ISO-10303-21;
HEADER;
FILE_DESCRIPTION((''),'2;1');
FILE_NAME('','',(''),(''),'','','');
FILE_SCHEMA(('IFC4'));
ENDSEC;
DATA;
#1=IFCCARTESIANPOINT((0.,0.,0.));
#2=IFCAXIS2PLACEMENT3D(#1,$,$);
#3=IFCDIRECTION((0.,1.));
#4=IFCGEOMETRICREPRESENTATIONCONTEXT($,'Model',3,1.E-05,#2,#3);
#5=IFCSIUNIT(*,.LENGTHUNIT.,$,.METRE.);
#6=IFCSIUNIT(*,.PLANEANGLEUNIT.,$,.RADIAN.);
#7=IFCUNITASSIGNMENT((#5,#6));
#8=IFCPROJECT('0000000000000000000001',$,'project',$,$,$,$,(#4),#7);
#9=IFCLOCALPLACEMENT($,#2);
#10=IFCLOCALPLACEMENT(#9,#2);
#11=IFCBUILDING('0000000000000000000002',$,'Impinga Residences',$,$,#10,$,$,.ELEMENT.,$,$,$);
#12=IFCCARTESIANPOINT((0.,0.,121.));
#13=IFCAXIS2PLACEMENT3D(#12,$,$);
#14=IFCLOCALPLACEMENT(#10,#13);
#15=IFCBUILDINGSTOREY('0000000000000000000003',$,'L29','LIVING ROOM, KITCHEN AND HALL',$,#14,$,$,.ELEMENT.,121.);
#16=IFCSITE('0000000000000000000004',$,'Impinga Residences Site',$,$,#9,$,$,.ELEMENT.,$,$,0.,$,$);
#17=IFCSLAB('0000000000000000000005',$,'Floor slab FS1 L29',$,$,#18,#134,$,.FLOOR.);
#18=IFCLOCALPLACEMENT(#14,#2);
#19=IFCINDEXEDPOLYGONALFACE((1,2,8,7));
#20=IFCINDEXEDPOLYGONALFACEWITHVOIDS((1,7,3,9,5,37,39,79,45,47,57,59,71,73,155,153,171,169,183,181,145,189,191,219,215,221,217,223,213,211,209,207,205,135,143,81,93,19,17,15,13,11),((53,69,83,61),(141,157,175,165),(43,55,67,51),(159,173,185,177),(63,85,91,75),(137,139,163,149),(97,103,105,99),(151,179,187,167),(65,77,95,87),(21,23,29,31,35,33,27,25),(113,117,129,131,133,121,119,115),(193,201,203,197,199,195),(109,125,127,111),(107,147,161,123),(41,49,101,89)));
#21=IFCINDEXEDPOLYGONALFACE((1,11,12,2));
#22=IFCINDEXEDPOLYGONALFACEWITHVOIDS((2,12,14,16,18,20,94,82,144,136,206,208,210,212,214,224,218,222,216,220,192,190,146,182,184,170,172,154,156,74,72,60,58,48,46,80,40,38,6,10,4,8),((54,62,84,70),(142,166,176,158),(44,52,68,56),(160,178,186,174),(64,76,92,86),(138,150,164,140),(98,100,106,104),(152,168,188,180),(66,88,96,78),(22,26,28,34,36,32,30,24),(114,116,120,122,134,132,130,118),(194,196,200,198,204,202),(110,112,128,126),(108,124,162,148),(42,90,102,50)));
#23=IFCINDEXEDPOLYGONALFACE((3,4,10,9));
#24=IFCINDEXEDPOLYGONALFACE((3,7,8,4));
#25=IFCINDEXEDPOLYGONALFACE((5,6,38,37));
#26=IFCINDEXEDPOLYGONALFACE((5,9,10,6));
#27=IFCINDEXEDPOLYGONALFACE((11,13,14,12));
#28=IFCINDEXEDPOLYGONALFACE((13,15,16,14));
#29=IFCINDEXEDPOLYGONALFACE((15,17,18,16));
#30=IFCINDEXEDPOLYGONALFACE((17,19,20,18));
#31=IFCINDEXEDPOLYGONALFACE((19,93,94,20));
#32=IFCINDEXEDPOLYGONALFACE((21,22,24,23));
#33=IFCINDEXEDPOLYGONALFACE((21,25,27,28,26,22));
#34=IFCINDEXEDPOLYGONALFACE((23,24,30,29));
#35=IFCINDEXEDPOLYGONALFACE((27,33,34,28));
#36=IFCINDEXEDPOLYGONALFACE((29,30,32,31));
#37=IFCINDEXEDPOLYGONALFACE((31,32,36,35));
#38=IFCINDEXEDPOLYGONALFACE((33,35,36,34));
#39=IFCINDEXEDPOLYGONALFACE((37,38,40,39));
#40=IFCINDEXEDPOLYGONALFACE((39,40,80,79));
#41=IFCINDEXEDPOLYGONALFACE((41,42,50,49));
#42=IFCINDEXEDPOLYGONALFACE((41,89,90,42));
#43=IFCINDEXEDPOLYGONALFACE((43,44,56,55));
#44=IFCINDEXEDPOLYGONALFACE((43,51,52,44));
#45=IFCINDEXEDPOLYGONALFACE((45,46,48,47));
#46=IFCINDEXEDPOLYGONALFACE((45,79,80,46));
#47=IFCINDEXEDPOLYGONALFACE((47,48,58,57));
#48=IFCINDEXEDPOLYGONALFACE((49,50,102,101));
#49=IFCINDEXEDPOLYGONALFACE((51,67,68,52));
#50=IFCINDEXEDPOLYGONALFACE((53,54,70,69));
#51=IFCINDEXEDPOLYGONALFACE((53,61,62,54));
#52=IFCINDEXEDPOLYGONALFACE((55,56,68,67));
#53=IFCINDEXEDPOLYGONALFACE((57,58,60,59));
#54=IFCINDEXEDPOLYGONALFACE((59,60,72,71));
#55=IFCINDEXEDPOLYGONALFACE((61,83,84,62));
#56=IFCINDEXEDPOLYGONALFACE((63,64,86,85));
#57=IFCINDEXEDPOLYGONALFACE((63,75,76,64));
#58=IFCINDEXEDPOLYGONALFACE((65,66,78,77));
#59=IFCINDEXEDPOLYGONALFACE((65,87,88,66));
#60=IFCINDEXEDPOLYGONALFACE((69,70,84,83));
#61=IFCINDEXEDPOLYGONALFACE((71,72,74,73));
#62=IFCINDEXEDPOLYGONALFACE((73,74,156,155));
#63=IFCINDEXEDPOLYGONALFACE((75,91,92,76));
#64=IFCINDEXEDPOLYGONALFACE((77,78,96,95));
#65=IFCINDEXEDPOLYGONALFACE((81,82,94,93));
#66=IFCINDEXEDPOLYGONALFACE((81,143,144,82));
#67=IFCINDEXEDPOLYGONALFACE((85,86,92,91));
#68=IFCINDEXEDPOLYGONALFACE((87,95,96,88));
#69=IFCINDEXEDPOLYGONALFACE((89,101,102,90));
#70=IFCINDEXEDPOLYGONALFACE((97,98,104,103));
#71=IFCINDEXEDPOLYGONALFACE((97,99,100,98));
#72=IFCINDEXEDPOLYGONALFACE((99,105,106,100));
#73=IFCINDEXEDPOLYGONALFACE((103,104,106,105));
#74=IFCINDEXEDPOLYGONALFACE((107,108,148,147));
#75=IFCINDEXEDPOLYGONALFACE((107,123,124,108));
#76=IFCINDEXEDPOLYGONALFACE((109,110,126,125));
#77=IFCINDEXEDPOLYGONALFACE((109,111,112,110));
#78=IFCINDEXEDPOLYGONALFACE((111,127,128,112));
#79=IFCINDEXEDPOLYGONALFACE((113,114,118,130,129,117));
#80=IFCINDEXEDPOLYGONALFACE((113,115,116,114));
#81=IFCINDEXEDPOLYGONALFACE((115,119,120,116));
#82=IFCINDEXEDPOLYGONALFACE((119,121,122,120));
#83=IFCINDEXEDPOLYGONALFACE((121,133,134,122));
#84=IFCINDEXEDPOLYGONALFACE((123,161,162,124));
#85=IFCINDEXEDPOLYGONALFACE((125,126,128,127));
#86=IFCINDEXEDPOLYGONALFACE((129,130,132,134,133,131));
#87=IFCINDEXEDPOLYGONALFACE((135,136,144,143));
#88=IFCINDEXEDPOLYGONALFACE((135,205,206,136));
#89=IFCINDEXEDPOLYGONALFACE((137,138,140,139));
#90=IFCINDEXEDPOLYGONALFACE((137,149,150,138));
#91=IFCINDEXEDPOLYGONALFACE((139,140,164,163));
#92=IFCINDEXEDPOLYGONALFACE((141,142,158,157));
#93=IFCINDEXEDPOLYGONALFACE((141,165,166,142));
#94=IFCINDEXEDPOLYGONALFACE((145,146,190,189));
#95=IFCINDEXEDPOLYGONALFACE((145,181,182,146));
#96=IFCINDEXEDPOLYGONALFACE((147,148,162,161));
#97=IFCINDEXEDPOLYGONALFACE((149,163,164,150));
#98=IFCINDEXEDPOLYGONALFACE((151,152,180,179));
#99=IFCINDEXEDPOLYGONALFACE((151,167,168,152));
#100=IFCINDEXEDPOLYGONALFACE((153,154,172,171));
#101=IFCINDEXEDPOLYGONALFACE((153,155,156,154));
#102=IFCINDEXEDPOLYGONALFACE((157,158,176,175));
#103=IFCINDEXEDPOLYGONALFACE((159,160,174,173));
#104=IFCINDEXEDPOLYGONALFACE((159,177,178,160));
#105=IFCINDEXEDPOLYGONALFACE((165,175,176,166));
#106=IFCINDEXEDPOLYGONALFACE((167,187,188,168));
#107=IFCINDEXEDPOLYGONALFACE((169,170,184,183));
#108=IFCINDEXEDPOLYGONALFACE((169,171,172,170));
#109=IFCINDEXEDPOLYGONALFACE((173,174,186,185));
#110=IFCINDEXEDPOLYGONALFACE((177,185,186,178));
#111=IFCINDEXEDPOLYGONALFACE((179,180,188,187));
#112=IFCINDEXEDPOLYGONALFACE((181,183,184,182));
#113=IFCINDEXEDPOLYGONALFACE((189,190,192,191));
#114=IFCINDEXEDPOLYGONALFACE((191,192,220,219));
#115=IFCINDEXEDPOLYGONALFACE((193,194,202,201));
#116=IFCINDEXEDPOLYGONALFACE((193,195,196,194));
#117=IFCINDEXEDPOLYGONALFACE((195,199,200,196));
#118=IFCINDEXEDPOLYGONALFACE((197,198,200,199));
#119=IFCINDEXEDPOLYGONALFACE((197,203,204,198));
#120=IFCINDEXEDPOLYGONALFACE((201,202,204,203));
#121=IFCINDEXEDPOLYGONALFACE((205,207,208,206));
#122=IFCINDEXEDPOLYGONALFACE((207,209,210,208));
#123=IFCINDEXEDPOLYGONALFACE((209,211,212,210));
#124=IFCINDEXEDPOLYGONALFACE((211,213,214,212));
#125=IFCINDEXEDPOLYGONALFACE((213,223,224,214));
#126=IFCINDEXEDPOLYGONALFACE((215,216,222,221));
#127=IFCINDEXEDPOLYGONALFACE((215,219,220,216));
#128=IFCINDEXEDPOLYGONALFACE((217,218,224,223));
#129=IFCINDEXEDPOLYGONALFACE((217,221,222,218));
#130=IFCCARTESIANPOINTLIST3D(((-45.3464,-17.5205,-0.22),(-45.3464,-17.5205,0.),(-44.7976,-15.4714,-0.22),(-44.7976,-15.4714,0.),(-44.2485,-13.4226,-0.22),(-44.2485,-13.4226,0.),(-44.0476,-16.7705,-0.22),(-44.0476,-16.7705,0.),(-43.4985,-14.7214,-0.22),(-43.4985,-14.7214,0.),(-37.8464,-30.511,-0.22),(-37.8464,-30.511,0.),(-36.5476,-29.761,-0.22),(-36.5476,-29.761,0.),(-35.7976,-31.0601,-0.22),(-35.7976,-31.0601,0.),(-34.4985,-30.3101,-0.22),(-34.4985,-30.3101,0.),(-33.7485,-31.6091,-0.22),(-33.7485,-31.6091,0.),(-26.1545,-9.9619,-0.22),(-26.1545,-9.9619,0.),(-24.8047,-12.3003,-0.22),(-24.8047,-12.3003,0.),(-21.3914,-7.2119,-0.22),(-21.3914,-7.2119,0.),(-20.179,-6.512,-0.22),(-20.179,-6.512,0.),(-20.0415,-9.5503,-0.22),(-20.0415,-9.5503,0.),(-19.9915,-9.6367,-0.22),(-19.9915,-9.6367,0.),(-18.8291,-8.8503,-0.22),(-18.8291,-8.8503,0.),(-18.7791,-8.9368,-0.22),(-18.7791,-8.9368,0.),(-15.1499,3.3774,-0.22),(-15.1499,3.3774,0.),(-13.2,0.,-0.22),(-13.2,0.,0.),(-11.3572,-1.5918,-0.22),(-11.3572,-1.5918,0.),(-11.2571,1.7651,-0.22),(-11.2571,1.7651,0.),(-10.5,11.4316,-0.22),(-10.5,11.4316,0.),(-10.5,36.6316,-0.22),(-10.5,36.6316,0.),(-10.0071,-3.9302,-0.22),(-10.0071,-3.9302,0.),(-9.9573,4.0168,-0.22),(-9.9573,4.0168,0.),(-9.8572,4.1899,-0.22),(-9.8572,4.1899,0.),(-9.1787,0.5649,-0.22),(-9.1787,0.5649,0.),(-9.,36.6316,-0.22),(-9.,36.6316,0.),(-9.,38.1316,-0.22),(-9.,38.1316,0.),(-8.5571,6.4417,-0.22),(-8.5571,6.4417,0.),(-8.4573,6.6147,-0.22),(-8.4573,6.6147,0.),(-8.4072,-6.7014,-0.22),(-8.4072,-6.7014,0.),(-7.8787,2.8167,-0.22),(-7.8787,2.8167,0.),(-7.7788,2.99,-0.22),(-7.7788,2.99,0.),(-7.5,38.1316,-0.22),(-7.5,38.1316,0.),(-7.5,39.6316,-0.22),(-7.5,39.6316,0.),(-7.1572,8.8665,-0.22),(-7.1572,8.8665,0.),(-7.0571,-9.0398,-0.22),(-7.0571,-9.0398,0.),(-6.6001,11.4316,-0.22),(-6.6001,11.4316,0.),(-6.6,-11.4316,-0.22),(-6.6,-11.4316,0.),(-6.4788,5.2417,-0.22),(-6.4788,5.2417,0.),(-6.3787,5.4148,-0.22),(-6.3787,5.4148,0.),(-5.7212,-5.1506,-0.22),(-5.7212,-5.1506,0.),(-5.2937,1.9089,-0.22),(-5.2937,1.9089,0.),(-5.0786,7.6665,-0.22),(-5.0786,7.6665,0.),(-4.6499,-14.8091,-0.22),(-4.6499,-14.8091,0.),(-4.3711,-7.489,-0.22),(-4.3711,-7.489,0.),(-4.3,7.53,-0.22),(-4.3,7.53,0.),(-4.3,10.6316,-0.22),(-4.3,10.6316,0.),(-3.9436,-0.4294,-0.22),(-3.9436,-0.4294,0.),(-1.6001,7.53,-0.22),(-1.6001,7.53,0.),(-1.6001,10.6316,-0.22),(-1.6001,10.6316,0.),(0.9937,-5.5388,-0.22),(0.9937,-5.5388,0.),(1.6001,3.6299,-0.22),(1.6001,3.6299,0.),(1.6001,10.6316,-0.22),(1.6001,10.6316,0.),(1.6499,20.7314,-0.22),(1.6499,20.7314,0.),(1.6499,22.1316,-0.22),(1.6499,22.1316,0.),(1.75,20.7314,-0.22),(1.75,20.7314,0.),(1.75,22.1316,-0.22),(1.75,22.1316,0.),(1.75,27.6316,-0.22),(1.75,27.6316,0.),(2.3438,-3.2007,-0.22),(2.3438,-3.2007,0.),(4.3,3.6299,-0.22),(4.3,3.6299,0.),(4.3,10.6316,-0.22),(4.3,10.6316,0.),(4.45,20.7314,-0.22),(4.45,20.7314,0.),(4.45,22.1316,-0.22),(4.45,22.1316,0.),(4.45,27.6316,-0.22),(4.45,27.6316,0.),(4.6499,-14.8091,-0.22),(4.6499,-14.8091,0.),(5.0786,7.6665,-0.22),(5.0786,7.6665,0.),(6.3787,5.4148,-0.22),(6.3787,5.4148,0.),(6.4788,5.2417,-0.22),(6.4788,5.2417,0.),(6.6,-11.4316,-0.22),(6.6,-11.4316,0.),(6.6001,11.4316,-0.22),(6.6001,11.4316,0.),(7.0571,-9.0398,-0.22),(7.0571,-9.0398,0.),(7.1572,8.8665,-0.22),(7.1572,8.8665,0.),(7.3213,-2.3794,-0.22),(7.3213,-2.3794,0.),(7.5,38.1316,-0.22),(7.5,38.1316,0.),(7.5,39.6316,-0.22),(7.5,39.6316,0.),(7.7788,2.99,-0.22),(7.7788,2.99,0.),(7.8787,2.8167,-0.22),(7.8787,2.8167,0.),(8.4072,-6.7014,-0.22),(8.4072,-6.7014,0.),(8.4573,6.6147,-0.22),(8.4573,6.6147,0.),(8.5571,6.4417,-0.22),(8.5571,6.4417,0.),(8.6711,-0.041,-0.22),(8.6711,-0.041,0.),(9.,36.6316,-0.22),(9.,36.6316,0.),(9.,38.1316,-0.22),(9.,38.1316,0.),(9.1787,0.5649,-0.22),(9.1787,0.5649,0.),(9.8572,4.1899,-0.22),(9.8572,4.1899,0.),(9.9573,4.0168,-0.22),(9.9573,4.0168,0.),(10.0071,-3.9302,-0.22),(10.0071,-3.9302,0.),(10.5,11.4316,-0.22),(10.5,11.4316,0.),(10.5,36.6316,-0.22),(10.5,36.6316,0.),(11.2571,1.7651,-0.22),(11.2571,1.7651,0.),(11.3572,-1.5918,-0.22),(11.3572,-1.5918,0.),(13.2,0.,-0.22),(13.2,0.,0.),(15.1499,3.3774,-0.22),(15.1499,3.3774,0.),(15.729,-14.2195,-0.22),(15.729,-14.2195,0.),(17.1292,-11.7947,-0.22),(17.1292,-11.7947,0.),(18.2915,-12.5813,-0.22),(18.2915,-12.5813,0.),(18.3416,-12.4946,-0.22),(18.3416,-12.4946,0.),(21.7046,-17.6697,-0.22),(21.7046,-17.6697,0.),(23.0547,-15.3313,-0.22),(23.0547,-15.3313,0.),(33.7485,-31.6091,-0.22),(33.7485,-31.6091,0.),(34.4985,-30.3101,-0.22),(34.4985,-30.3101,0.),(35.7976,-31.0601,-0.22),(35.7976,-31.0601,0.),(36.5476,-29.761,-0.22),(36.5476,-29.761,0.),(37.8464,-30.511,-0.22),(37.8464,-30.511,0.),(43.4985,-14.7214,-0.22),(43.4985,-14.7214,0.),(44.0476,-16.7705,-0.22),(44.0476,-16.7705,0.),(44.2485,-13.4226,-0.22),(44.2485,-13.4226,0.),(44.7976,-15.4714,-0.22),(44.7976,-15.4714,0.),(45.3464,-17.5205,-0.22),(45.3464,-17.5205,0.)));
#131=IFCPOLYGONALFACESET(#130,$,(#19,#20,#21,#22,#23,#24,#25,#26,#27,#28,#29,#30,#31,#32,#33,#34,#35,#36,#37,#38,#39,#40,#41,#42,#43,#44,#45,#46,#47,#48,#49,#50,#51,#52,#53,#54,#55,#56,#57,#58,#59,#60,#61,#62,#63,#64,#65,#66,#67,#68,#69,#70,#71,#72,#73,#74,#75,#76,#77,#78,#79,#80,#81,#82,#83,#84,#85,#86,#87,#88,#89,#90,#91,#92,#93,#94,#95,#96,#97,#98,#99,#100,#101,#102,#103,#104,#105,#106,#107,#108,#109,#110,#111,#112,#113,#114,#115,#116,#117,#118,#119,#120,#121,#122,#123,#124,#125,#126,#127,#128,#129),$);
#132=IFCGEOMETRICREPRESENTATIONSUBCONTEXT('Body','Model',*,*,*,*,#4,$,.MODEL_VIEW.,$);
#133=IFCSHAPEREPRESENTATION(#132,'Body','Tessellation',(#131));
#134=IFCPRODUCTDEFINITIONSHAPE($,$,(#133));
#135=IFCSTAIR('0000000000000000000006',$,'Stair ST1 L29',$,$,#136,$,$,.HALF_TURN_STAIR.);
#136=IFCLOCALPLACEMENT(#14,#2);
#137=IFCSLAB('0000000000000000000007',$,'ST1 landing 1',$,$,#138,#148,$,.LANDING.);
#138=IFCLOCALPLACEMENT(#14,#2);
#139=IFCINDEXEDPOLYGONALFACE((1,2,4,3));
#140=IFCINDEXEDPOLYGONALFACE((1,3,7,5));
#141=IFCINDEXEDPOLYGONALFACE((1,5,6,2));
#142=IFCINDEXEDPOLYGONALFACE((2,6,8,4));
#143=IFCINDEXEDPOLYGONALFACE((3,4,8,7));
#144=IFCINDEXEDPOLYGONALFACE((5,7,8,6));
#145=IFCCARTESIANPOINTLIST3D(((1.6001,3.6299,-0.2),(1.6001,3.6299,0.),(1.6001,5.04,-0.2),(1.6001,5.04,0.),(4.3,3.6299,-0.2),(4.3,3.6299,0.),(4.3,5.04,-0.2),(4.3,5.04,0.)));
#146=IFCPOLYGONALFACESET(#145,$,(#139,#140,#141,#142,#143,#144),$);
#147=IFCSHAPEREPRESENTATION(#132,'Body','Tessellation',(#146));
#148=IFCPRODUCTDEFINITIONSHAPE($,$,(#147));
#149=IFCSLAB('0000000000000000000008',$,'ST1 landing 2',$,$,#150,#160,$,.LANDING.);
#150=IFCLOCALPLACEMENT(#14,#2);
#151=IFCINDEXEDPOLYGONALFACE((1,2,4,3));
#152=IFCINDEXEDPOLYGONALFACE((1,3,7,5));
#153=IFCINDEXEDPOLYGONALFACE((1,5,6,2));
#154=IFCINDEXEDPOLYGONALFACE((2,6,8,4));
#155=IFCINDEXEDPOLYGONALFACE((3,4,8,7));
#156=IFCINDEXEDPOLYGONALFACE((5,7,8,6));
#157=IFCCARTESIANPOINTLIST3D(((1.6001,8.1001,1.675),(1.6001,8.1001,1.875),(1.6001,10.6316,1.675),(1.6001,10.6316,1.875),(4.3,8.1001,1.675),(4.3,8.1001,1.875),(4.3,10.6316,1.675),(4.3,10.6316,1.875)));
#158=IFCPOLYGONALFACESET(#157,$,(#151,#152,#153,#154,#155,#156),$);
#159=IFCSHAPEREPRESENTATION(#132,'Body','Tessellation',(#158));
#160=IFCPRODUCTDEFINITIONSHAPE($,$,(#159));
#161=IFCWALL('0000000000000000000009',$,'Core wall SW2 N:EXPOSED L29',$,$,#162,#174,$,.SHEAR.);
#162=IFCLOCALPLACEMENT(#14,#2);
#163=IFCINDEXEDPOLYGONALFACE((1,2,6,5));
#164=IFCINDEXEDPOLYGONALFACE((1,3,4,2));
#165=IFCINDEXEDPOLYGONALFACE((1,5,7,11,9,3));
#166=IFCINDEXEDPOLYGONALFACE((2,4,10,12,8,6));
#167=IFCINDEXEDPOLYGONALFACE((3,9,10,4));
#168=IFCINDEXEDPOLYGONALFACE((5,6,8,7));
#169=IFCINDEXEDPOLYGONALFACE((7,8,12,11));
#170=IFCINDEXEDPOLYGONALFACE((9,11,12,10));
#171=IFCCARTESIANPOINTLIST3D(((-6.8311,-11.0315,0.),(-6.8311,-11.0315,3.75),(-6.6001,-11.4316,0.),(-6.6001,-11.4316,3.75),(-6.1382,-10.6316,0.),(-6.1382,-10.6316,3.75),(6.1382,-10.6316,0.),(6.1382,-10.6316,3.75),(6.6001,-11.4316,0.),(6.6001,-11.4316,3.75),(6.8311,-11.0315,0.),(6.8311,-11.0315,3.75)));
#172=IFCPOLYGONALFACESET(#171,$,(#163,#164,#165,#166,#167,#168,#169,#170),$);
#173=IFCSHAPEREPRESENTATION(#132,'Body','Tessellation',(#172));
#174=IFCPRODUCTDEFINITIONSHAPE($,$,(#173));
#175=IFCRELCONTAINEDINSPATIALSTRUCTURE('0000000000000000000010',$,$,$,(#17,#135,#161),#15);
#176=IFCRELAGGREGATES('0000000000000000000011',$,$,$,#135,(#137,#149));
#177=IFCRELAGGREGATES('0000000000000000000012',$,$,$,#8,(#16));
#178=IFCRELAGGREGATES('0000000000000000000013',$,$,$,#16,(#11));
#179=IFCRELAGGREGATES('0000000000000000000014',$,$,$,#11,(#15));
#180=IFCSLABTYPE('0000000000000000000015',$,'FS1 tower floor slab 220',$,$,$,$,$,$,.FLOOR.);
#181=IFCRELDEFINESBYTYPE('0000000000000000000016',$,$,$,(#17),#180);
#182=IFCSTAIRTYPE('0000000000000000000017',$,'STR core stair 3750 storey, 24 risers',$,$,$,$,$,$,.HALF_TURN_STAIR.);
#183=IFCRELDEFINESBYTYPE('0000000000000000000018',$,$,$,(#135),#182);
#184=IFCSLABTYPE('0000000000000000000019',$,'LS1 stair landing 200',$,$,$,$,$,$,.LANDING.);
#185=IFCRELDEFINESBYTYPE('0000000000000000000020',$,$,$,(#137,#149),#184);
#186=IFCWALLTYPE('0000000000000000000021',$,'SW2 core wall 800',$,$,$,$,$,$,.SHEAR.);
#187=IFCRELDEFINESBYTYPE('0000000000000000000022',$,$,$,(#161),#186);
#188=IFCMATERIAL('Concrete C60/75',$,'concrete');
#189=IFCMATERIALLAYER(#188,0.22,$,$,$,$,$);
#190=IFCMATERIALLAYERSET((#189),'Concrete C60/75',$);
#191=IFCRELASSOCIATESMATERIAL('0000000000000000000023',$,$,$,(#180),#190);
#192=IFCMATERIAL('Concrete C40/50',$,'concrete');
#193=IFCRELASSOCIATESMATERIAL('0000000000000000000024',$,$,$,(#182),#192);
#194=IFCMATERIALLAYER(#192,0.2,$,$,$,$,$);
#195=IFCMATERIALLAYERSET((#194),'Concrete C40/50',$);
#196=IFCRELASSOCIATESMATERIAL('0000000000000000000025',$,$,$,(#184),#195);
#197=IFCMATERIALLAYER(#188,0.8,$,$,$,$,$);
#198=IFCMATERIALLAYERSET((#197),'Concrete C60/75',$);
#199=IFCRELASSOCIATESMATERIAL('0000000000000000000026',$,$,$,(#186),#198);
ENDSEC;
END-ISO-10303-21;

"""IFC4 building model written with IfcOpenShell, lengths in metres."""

from ifc_helpers import new_model, si_unit, direction, frame, origin, place, context, subcontext, project, spatial, polyline, outline, extrude, material, layer, layer_set, type_object, element, aggregate, save


model = new_model("IFC4")

# Units and contexts
model_context = context("Model", 3, precision=1e-05, world=origin(), true_north=direction((0.0, 1.0)))
body_context = subcontext(model_context, "Body", "Model", "MODEL_VIEW")
ifc_project = project(units=[si_unit("LENGTHUNIT", "METRE"), si_unit("PLANEANGLEUNIT", "RADIAN")], contexts=[model_context])

# Site, building, storey
site_placement = place(None, origin())
site = spatial("IfcSite", under=ifc_project, at=site_placement, Name="Impinga Residences Site", CompositionType="ELEMENT", RefElevation=0.0)
building_placement = place(site_placement, origin())
building = spatial("IfcBuilding", under=site, at=building_placement, Name="Impinga Residences", CompositionType="ELEMENT")
storey_placement = place(building_placement, frame((0.0, 0.0, 121.0)))
storey = spatial("IfcBuildingStorey", under=building, at=storey_placement, Name="L29", Description="LIVING ROOM, KITCHEN AND HALL", CompositionType="ELEMENT", Elevation=121.0)

# Slab
ifc_material_1 = material(Name="Concrete C60/75", Category="concrete")
ifc_layer_1 = layer(ifc_material_1, 0.22)
ifc_layer_set_1 = layer_set([ifc_layer_1], Name="Concrete C60/75")
slab_type_1 = type_object("IfcSlabType", Name="FS1 tower floor slab 220", PredefinedType="FLOOR", material=ifc_layer_set_1)
slab_1_placement = place(storey_placement, frame((0.0, 0.0, -0.22)))
element("IfcSlab", 1, at=slab_1_placement, inside=storey, type_object=slab_type_1, Name="Floor slab FS1 L29", PredefinedType="FLOOR", context=body_context, shape_type="SweptSolid", body=[
    extrude(outline(polyline([(-34.4985, -30.3101), (-35.7976, -31.0601), (-36.5476, -29.761), (-37.8464, -30.511), (-45.3464, -17.5205), (-44.0476, -16.7705), (-44.7976, -15.4714), (-43.4985, -14.7214), (-44.2485, -13.4226), (-15.1499, 3.3774), (-13.2, 0.0), (-6.6001, 11.4316), (-10.5, 11.4316), (-10.5, 36.6316), (-9.0, 36.6316), (-9.0, 38.1316), (-7.5, 38.1316), (-7.5, 39.6316), (7.5, 39.6316), (7.5, 38.1316), (9.0, 38.1316), (9.0, 36.6316), (10.5, 36.6316), (10.5, 11.4316), (6.6001, 11.4316), (13.2, 0.0), (15.1499, 3.3774), (44.2485, -13.4226), (43.4985, -14.7214), (44.7976, -15.4714), (44.0476, -16.7705), (45.3464, -17.5205), (37.8464, -30.511), (36.5476, -29.761), (35.7976, -31.0601), (34.4985, -30.3101), (33.7485, -31.6091), (4.6499, -14.8091), (9.9001, -5.7158), (6.6001, -11.4316), (-6.6001, -11.4316), (-9.9001, -5.7158), (-4.6499, -14.8091), (-33.7485, -31.6091), (-34.4985, -30.3101)]), holes=[polyline([(-18.7791, -8.9368), (-18.8291, -8.8503), (-18.8291, -8.8503), (-20.179, -6.512), (-21.3914, -7.2119), (-21.3914, -7.2119), (-26.1545, -9.9619), (-24.8047, -12.3003), (-20.0415, -9.5503), (-19.9915, -9.6367), (-18.7791, -8.9368)]), polyline([(-4.3711, -7.489), (-5.7212, -5.1506), (-8.4072, -6.7014), (-7.0571, -9.0398), (-4.3711, -7.489)]), polyline([(-3.9436, -0.4294), (-5.2937, 1.9089), (-11.3572, -1.5918), (-10.0071, -3.9302), (-3.9436, -0.4294)]), polyline([(-7.8787, 2.8167), (-9.9573, 4.0168), (-11.2571, 1.7651), (-9.1787, 0.5649), (-7.8787, 2.8167)]), polyline([(-6.4788, 5.2417), (-8.5571, 6.4417), (-9.8572, 4.1899), (-7.7788, 2.99), (-6.4788, 5.2417)]), polyline([(4.3, 3.6299), (4.3, 10.6316), (1.6001, 10.6316), (1.6001, 3.6299), (4.3, 3.6299)]), polyline([(-6.3787, 5.4148), (-5.0786, 7.6665), (-7.1572, 8.8665), (-8.4573, 6.6147), (-6.3787, 5.4148)]), polyline([(-4.3, 7.53), (-1.6001, 7.53), (-1.6001, 10.6316), (-4.3, 10.6316), (-4.3, 7.53)]), polyline([(4.45, 20.7314), (4.45, 22.1316), (4.45, 27.6316), (1.75, 27.6316), (1.75, 22.1316), (1.6499, 22.1316), (1.6499, 20.7314), (1.75, 20.7314), (4.45, 20.7314)]), polyline([(15.729, -14.2195), (21.7046, -17.6697), (23.0547, -15.3313), (18.2915, -12.5813), (18.3416, -12.4946), (17.1292, -11.7947), (15.729, -14.2195)]), polyline([(2.3438, -3.2007), (0.9937, -5.5388), (7.0571, -9.0398), (8.4072, -6.7014), (2.3438, -3.2007)]), polyline([(7.3213, -2.3794), (10.0071, -3.9302), (11.3572, -1.5918), (8.6711, -0.041), (7.3213, -2.3794)]), polyline([(7.8787, 2.8167), (9.1787, 0.5649), (11.2571, 1.7651), (9.9573, 4.0168), (7.8787, 2.8167)]), polyline([(6.4788, 5.2417), (7.7788, 2.99), (9.8572, 4.1899), (8.5571, 6.4417), (6.4788, 5.2417)]), polyline([(6.3787, 5.4148), (8.4573, 6.6147), (7.1572, 8.8665), (5.0786, 7.6665), (6.3787, 5.4148)])]), origin(), (0.0, 0.0, 1.0), 0.22),
])

# Stair, slabs
ifc_material_2 = material(Name="Concrete C40/50", Category="concrete")
stair_type = type_object("IfcStairType", Name="STR core stair 3750 storey, 24 risers", PredefinedType="HALF_TURN_STAIR", material=ifc_material_2)
stair_1_placement = place(storey_placement, origin())
stair_1 = element("IfcStair", 2, at=stair_1_placement, inside=storey, type_object=stair_type, Name="Stair ST1 L29", PredefinedType="HALF_TURN_STAIR")
ifc_layer_2 = layer(ifc_material_2, 0.2)
ifc_layer_set_2 = layer_set([ifc_layer_2], Name="Concrete C40/50")
slab_type_2 = type_object("IfcSlabType", Name="LS1 stair landing 200", PredefinedType="LANDING", material=ifc_layer_set_2)
slab_2_placement = place(storey_placement, frame((0.0, 0.0, -0.2)))
slab_2 = element("IfcSlab", 3, at=slab_2_placement, type_object=slab_type_2, Name="ST1 landing 1", PredefinedType="LANDING", context=body_context, shape_type="SweptSolid", body=[
    extrude(outline(polyline([(1.6001, 3.6299), (4.3, 3.6299), (4.3, 5.04), (1.6001, 5.04), (1.6001, 3.6299)])), origin(), (0.0, 0.0, 1.0), 0.2),
])
slab_3_placement = place(storey_placement, frame((0.0, 0.0, 1.675)))
slab_3 = element("IfcSlab", 4, at=slab_3_placement, type_object=slab_type_2, Name="ST1 landing 2", PredefinedType="LANDING", context=body_context, shape_type="SweptSolid", body=[
    extrude(outline(polyline([(1.6001, 8.1001), (4.3, 8.1001), (4.3, 10.6316), (1.6001, 10.6316), (1.6001, 8.1001)])), origin(), (0.0, 0.0, 1.0), 0.2),
])
aggregate(stair_1, [slab_2, slab_3])

# Wall
ifc_layer_3 = layer(ifc_material_1, 0.8)
ifc_layer_set_3 = layer_set([ifc_layer_3], Name="Concrete C60/75")
wall_type_1 = type_object("IfcWallType", Name="SW2 core wall 800", PredefinedType="SHEAR", material=ifc_layer_set_3)
wall_1_placement = place(storey_placement, origin())
element("IfcWall", 5, at=wall_1_placement, inside=storey, type_object=wall_type_1, Name="Core wall SW2 N:EXPOSED L29", PredefinedType="SHEAR", context=body_context, shape_type="SweptSolid", body=[
    extrude(outline(polyline([(-6.6001, -11.4316), (6.6001, -11.4316), (6.8311, -11.0315), (6.1382, -10.6316), (-6.1382, -10.6316), (-6.8311, -11.0315), (-6.6001, -11.4316)])), origin(), (0.0, 0.0, 1.0), 3.75),
])

save(model, "model.ifc")
